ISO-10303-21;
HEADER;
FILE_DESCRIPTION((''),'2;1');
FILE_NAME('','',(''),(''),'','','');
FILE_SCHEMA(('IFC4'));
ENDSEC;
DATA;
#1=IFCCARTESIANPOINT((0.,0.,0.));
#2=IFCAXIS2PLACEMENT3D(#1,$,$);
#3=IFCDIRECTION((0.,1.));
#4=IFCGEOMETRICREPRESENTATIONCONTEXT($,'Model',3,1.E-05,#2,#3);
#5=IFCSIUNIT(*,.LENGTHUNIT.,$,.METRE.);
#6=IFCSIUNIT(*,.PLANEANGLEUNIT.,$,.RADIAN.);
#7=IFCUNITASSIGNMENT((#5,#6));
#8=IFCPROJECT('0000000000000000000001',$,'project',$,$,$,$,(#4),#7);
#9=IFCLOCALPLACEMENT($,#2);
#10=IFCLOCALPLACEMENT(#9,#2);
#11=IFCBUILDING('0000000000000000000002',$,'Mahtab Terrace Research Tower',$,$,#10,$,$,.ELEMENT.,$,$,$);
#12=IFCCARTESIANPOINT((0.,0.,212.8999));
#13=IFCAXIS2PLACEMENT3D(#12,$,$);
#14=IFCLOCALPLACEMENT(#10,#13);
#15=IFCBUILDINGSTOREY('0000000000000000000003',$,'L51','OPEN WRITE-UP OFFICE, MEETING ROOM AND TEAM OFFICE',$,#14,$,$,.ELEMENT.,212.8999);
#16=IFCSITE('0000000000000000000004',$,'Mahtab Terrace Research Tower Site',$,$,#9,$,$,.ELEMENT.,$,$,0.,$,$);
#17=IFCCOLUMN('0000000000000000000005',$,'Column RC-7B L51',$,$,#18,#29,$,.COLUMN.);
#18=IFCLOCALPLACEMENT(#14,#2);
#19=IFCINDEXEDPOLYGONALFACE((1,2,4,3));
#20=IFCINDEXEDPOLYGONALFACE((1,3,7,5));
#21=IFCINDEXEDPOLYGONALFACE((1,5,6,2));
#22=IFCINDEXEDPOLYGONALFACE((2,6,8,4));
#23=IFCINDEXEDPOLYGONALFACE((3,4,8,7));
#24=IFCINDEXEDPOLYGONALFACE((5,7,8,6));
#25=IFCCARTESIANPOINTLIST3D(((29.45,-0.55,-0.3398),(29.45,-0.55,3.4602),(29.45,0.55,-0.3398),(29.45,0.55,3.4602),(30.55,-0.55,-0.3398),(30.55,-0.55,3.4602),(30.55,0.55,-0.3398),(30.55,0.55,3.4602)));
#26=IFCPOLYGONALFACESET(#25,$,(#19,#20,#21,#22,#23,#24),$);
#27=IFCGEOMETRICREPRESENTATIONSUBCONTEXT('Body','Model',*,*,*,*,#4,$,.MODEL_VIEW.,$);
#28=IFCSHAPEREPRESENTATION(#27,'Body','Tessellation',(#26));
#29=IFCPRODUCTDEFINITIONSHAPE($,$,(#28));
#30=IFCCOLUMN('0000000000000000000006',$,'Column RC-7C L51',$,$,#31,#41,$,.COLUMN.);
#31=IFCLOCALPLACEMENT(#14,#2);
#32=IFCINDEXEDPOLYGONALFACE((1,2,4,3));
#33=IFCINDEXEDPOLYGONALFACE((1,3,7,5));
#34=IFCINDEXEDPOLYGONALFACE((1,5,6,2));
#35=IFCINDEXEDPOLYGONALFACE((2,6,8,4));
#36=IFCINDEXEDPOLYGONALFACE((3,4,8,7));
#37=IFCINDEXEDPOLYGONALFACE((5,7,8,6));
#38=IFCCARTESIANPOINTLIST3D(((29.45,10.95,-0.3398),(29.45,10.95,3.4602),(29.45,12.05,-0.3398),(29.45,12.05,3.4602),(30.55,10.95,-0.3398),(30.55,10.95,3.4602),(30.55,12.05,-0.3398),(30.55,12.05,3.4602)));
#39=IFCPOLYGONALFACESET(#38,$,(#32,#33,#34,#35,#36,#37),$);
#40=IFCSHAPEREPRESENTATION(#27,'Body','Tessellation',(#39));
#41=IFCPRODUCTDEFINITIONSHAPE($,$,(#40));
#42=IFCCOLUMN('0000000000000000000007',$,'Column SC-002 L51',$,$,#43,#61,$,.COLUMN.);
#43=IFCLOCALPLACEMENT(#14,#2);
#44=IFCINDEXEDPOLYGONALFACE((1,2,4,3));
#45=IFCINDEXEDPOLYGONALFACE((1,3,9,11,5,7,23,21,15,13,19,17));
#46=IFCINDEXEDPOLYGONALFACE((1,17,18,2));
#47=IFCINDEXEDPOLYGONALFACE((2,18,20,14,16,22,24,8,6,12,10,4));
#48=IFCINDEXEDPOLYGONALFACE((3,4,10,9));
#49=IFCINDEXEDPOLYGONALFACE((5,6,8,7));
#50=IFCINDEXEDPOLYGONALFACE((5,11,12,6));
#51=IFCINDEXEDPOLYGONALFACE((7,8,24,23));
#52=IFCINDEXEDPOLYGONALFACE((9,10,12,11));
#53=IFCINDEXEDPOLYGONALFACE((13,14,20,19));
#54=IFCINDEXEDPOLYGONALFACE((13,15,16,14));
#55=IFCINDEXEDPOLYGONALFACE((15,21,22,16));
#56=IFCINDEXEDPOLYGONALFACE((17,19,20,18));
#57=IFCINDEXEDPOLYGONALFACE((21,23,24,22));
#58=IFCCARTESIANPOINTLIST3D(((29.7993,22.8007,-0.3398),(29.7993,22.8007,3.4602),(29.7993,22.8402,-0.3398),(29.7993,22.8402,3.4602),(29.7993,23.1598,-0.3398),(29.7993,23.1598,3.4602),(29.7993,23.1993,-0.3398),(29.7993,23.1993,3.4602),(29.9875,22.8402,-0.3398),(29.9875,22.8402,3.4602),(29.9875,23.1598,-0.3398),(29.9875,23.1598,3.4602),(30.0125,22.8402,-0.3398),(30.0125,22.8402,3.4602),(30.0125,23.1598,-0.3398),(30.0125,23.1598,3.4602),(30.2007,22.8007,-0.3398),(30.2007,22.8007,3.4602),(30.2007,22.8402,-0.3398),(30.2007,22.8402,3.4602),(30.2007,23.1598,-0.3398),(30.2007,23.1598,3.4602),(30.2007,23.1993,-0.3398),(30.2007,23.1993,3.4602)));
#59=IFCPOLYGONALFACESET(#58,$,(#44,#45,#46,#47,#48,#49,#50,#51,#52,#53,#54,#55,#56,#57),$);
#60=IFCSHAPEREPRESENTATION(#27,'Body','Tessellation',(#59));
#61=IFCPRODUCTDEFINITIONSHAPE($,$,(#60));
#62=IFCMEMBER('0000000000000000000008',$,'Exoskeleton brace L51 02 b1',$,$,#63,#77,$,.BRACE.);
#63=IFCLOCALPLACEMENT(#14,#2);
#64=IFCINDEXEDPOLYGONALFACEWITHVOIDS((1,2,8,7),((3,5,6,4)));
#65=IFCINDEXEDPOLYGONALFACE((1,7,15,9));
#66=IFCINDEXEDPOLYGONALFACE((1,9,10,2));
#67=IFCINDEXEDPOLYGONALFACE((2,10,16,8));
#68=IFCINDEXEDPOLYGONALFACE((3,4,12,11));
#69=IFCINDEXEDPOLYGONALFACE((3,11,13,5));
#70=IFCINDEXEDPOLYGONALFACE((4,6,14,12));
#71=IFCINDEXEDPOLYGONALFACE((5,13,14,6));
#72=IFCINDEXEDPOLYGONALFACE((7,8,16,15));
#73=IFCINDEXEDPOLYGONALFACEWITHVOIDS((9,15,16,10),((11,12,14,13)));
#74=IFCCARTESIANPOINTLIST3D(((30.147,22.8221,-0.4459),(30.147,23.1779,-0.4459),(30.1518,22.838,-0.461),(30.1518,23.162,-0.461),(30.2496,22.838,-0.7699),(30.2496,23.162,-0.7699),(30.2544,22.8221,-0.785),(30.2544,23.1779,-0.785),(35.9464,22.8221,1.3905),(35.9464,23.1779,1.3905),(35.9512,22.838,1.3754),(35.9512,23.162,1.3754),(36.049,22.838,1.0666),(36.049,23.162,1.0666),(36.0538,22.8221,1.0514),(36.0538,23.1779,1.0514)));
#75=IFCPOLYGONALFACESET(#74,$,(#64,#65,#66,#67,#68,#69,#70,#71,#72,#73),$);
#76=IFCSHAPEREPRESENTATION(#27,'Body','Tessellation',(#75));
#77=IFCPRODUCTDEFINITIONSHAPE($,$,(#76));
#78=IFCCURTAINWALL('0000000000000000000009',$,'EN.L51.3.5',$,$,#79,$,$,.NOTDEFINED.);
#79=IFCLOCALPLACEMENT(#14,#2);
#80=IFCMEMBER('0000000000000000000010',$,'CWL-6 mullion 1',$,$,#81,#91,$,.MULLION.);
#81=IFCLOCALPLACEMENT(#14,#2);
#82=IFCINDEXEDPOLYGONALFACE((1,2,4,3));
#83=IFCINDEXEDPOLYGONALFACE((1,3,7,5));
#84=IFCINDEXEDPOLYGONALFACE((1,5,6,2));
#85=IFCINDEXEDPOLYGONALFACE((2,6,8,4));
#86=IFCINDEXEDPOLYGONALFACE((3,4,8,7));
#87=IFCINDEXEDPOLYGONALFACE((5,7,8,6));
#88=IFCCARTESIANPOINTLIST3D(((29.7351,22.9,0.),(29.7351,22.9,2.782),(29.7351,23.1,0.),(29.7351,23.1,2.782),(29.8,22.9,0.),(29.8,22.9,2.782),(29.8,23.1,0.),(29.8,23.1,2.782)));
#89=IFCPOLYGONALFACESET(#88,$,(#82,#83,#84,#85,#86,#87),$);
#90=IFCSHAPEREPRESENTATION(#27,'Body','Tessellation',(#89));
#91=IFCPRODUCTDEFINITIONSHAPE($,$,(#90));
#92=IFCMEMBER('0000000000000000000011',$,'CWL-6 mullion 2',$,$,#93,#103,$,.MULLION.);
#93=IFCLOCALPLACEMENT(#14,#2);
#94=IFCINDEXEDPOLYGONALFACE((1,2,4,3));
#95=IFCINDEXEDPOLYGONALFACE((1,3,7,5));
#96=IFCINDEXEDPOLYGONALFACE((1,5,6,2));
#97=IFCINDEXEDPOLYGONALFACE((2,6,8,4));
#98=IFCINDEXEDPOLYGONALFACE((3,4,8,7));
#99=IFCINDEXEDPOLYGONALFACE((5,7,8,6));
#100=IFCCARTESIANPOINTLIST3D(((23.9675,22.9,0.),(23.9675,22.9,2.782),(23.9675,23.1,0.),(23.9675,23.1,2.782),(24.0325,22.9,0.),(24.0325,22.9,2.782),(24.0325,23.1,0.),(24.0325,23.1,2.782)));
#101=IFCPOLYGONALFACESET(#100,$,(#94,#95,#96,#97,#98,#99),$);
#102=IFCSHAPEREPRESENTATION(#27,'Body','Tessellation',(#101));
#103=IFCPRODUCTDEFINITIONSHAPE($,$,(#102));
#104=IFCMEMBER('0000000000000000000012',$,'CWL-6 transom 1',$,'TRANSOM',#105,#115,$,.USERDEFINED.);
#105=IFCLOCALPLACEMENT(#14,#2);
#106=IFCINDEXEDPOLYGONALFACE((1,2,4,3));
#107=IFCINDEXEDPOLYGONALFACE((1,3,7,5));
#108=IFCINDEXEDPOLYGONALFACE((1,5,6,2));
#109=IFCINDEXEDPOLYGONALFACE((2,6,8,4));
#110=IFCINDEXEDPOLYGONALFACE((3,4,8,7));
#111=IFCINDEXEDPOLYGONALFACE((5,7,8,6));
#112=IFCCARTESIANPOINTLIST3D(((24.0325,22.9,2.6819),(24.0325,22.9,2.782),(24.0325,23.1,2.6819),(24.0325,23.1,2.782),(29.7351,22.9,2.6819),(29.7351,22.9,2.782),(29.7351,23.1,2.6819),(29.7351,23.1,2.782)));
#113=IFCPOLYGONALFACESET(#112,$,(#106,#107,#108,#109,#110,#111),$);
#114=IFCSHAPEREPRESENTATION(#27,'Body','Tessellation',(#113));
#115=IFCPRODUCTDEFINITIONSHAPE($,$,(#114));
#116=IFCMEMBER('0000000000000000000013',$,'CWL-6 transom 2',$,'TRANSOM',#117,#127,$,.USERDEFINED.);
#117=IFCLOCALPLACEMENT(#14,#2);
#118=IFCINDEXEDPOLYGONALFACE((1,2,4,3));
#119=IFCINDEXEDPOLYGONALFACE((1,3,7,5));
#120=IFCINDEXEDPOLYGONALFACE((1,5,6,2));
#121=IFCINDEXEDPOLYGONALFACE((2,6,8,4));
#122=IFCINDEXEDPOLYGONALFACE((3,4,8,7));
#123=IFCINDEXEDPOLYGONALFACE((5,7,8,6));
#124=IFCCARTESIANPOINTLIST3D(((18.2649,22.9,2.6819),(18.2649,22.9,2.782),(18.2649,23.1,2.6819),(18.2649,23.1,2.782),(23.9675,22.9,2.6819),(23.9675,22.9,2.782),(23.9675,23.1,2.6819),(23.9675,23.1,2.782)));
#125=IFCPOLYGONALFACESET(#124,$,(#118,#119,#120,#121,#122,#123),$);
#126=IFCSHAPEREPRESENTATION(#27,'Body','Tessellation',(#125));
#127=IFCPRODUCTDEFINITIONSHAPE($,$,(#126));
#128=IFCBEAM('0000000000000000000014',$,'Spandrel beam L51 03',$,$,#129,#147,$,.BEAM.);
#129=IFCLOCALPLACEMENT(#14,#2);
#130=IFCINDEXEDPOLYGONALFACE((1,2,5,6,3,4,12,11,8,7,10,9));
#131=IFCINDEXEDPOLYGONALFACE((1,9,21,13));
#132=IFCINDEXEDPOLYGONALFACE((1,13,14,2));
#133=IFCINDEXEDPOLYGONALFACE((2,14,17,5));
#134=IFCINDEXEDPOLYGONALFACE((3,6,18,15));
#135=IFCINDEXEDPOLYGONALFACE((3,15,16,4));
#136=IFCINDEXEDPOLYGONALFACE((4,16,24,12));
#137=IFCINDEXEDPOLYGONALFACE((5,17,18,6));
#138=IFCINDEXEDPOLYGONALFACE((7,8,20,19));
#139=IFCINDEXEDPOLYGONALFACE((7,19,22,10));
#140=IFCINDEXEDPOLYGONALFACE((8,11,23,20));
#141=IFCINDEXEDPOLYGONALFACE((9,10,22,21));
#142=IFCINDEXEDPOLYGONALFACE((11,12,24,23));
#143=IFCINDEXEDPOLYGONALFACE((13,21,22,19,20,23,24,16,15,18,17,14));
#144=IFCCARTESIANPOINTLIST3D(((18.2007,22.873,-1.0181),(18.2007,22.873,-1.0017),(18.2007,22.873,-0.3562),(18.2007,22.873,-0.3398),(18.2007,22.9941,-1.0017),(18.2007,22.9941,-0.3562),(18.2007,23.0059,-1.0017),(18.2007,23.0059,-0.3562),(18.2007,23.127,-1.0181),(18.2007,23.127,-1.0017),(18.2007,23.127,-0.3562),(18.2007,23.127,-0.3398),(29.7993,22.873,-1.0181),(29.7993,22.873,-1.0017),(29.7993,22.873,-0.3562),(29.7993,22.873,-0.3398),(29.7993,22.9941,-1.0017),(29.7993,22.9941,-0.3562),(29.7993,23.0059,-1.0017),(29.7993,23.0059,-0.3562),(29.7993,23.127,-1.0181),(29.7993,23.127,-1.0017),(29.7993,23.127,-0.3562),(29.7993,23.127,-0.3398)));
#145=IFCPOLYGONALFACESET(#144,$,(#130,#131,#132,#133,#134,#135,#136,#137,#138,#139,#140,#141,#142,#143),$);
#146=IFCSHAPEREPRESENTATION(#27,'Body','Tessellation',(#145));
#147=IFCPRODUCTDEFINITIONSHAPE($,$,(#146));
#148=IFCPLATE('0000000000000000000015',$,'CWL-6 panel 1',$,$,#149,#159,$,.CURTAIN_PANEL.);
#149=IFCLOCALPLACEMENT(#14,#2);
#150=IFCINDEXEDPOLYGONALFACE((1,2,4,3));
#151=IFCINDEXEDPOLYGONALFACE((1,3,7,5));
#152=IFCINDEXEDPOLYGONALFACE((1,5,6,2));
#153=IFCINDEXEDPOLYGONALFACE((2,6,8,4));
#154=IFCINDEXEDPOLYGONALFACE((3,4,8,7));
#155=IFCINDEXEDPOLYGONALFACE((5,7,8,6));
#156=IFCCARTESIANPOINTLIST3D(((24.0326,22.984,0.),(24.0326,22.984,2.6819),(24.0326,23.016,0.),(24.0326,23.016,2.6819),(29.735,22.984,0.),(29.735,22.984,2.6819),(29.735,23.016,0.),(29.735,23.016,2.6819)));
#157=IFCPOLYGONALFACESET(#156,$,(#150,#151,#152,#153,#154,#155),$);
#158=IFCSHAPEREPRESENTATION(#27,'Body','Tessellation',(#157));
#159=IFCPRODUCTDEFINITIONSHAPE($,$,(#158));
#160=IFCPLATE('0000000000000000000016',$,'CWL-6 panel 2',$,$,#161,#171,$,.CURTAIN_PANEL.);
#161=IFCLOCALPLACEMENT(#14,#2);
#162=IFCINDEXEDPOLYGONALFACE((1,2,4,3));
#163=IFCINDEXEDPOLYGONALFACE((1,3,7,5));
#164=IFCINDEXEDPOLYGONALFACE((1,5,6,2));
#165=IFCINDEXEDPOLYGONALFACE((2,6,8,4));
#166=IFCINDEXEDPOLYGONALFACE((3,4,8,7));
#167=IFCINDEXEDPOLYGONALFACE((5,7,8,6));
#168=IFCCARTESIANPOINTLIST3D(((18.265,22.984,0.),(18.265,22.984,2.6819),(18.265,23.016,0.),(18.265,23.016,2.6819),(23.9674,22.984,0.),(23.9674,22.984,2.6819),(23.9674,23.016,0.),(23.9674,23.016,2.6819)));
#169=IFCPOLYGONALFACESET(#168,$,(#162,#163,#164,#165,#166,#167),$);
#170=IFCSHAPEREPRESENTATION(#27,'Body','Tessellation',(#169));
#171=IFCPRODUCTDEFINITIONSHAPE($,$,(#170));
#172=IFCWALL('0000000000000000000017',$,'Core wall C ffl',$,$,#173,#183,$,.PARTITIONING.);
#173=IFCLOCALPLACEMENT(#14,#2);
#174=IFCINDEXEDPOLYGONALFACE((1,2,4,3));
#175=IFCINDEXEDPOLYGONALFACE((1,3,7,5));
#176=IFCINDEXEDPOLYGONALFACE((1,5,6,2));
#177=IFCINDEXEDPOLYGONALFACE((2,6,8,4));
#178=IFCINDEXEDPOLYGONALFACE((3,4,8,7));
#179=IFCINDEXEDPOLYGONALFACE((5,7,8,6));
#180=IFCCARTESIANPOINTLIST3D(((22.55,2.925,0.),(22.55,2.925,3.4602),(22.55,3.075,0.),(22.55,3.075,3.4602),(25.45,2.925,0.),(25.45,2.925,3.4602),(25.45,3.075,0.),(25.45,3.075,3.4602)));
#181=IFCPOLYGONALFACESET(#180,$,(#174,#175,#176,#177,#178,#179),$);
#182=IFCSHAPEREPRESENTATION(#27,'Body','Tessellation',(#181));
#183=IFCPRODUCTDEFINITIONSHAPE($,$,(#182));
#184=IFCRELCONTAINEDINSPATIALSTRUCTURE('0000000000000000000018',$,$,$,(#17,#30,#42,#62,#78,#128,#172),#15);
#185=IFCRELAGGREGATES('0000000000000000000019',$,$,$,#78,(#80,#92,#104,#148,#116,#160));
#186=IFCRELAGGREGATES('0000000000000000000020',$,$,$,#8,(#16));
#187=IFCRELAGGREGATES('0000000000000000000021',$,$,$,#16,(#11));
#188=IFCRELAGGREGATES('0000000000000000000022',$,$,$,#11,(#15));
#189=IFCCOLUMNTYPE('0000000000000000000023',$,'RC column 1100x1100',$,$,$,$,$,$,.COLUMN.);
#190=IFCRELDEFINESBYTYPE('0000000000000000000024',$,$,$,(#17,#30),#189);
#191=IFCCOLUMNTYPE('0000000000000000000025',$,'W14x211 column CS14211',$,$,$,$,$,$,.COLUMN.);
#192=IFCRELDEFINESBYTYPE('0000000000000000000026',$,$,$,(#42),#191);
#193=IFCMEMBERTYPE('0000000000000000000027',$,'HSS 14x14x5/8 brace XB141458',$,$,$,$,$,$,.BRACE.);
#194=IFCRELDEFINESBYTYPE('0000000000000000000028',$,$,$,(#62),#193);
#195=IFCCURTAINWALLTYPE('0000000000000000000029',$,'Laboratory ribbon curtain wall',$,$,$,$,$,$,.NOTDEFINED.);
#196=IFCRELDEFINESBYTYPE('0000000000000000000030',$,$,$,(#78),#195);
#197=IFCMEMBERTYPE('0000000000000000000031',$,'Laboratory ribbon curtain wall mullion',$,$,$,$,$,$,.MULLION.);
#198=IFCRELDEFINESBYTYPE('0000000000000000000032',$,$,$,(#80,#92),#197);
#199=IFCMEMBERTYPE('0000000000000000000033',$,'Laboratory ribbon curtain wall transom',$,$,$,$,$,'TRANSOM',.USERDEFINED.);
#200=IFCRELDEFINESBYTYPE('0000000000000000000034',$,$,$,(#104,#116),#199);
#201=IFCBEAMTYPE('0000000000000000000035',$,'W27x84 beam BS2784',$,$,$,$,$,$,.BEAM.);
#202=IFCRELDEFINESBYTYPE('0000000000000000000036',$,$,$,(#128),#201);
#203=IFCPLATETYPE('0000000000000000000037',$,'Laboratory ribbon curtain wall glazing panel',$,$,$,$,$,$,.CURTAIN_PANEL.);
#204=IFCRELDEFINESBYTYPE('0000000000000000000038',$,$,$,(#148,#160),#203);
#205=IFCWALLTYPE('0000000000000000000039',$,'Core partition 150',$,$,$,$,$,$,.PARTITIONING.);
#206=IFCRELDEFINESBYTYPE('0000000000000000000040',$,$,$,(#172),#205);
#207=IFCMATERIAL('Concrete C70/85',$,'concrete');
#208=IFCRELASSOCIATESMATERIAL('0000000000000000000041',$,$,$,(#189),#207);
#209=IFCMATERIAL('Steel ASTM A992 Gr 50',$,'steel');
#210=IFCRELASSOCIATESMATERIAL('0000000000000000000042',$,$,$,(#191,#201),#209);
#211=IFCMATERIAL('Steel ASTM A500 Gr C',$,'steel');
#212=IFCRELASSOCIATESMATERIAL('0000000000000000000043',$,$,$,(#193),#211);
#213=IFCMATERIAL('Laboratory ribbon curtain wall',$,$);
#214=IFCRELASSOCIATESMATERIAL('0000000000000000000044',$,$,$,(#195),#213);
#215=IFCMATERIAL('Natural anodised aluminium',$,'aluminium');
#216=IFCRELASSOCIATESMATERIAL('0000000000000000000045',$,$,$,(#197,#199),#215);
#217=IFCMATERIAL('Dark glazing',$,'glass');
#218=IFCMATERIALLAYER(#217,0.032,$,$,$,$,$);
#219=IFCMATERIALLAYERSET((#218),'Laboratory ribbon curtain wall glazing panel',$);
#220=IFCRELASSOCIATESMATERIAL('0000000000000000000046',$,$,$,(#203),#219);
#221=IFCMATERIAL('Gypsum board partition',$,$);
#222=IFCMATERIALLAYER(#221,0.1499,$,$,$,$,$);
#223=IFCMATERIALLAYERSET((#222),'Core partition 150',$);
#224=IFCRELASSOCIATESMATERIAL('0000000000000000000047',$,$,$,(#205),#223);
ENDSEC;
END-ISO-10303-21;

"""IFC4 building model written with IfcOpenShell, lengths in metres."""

from ifc_helpers import new_model, si_unit, direction, frame, frame_2d, origin, origin_2d, place, context, subcontext, project, spatial, rectangle, hollow_rectangle, i_section, extrude, material, layer, layer_set, material_profile, profile_set, type_object, element, aggregate, save


model = new_model("IFC4")

# Units and contexts
model_context = context("Model", 3, precision=1e-05, world=origin(), true_north=direction((0.0, 1.0)))
body_context = subcontext(model_context, "Body", "Model", "MODEL_VIEW")
ifc_project = project(units=[si_unit("LENGTHUNIT", "METRE"), si_unit("PLANEANGLEUNIT", "RADIAN")], contexts=[model_context])

# Site, building, storey
site_placement = place(None, origin())
site = spatial("IfcSite", under=ifc_project, at=site_placement, Name="Mahtab Terrace Research Tower Site", CompositionType="ELEMENT", RefElevation=0.0)
building_placement = place(site_placement, origin())
building = spatial("IfcBuilding", under=site, at=building_placement, Name="Mahtab Terrace Research Tower", CompositionType="ELEMENT")
storey_placement = place(building_placement, frame((0.0, 0.0, 212.8999)))
storey = spatial("IfcBuildingStorey", under=building, at=storey_placement, Name="L51", Description="OPEN WRITE-UP OFFICE, MEETING ROOM AND TEAM OFFICE", CompositionType="ELEMENT", Elevation=212.8999)

# Columns
ifc_material_1 = material(Name="Concrete C70/85", Category="concrete")
ifc_material_profile_1 = material_profile(ifc_material_1, rectangle(XDim=1.1001, YDim=1.1001, at=origin_2d()), Name="RC column 1100x1100")
ifc_profile_set_1 = profile_set([ifc_material_profile_1], Name="Concrete C70/85")
column_type_1 = type_object("IfcColumnType", Name="RC column 1100x1100", PredefinedType="COLUMN", material=ifc_profile_set_1)
for number, where, z_axis, x_axis, name in (
    (1, (30.0, 0.0, -0.3398), (0.0, 0.0, 1.0), (1.0, 0.0, 0.0), "Column RC-7B L51"),
    (2, (30.0, 11.5, -0.3398), (0.0, 0.0, 1.0), (1.0, 0.0, 0.0), "Column RC-7C L51"),
):
    element("IfcColumn", number, at=place(storey_placement, frame(where, z_axis=z_axis, x_axis=x_axis)), inside=storey, type_object=column_type_1, Name=name, PredefinedType="COLUMN", context=body_context, shape_type="SweptSolid", body=[
        extrude(rectangle(XDim=1.1001, YDim=1.1001, at=origin_2d()), origin(), (0.0, 0.0, 1.0), 3.8),
    ])
ifc_material_2 = material(Name="Steel ASTM A992 Gr 50", Category="steel")
ifc_material_profile_2 = material_profile(ifc_material_2, i_section(OverallWidth=0.4014, OverallDepth=0.3987, WebThickness=0.0249, FlangeThickness=0.0396, at=origin_2d()), Name="W14X211")
ifc_profile_set_2 = profile_set([ifc_material_profile_2], Name="Steel ASTM A992 Gr 50")
column_type_2 = type_object("IfcColumnType", Name="W14x211 column CS14211", PredefinedType="COLUMN", material=ifc_profile_set_2)
column_placement = place(storey_placement, frame((30.0, 23.0, -0.3398), z_axis=(0.0, 0.0, 1.0), x_axis=(1.0, 0.0, 0.0)))
element("IfcColumn", 3, at=column_placement, inside=storey, type_object=column_type_2, Name="Column SC-002 L51", PredefinedType="COLUMN", context=body_context, shape_type="SweptSolid", body=[
    extrude(i_section(OverallWidth=0.4014, OverallDepth=0.3987, WebThickness=0.0249, FlangeThickness=0.0396, at=origin_2d()), origin(), (0.0, 0.0, 1.0), 3.8),
])

# Member
ifc_material_3 = material(Name="Steel ASTM A500 Gr C", Category="steel")
ifc_material_profile_3 = material_profile(ifc_material_3, hollow_rectangle(XDim=0.3557, YDim=0.3557, WallThickness=0.0159, at=origin_2d()), Name="HSS14X14X5/8")
ifc_profile_set_3 = profile_set([ifc_material_profile_3], Name="Steel ASTM A500 Gr C")
member_type_1 = type_object("IfcMemberType", Name="HSS 14x14x5/8 brace XB141458", PredefinedType="BRACE", material=ifc_profile_set_3)
member_1_placement = place(storey_placement, frame((30.2007, 23.0, -0.6155), z_axis=(0.953343, 0.0, 0.301888), x_axis=(0.0, 1.0, 0.0)))
element("IfcMember", 4, at=member_1_placement, inside=storey, type_object=member_type_1, Name="Exoskeleton brace L51 02 b1", PredefinedType="BRACE", context=body_context, shape_type="SweptSolid", body=[
    extrude(hollow_rectangle(XDim=0.3557, YDim=0.3557, WallThickness=0.0159, at=origin_2d()), origin(), (0.0, 0.0, 1.0), 6.0833),
])

# Curtain wall, members
ifc_material_4 = material(Name="Laboratory ribbon curtain wall")
curtain_wall_type = type_object("IfcCurtainWallType", Name="Laboratory ribbon curtain wall", PredefinedType="NOTDEFINED", material=ifc_material_4)
curtain_wall_placement = place(storey_placement, origin())
curtain_wall = element("IfcCurtainWall", 5, at=curtain_wall_placement, inside=storey, type_object=curtain_wall_type, Name="EN.L51.3.5", PredefinedType="NOTDEFINED")
ifc_material_5 = material(Name="Natural anodised aluminium", Category="aluminium")
ifc_material_profile_4 = material_profile(ifc_material_5, rectangle(XDim=0.2, YDim=0.0649, at=origin_2d()), Name="MULLION 65x200")
ifc_profile_set_4 = profile_set([ifc_material_profile_4], Name="Natural anodised aluminium")
member_type_2 = type_object("IfcMemberType", Name="Laboratory ribbon curtain wall mullion", PredefinedType="MULLION", material=ifc_profile_set_4)
member_2_placement = place(storey_placement, frame((29.7676, 23.0, 0.0), z_axis=(0.0, 0.0, 1.0), x_axis=(0.0, -1.0, 0.0)))
member_2 = element("IfcMember", 6, at=member_2_placement, type_object=member_type_2, Name="CWL-6 mullion 1", PredefinedType="MULLION", context=body_context, shape_type="SweptSolid", body=[
    extrude(rectangle(XDim=0.2, YDim=0.0649, at=origin_2d()), origin(), (0.0, 0.0, 1.0), 2.782),
])
member_3_placement = place(storey_placement, frame((24.0, 23.0, 0.0), z_axis=(0.0, 0.0, 1.0), x_axis=(0.0, -1.0, 0.0)))
member_3 = element("IfcMember", 7, at=member_3_placement, type_object=member_type_2, Name="CWL-6 mullion 2", PredefinedType="MULLION", context=body_context, shape_type="SweptSolid", body=[
    extrude(rectangle(XDim=0.2, YDim=0.0649, at=origin_2d()), origin(), (0.0, 0.0, 1.0), 2.782),
])
ifc_material_profile_5 = material_profile(ifc_material_5, rectangle(XDim=0.2, YDim=0.1001, at=origin_2d()), Name="TRANSOM 100x200")
ifc_profile_set_5 = profile_set([ifc_material_profile_5], Name="Natural anodised aluminium")
member_type_3 = type_object("IfcMemberType", Name="Laboratory ribbon curtain wall transom", ElementType="TRANSOM", PredefinedType="USERDEFINED", material=ifc_profile_set_5)
member_4_placement = place(storey_placement, frame((29.7351, 23.0, 2.7319), z_axis=(-1.0, 0.0, 0.0), x_axis=(0.0, -1.0, 0.0)))
member_4 = element("IfcMember", 8, at=member_4_placement, type_object=member_type_3, Name="CWL-6 transom 1", ObjectType="TRANSOM", PredefinedType="USERDEFINED", context=body_context, shape_type="SweptSolid", body=[
    extrude(rectangle(XDim=0.2, YDim=0.1001, at=origin_2d()), origin(), (0.0, 0.0, 1.0), 5.7026),
])
member_5_placement = place(storey_placement, frame((23.9675, 23.0, 2.7319), z_axis=(-1.0, 0.0, 0.0), x_axis=(0.0, -1.0, 0.0)))
member_5 = element("IfcMember", 9, at=member_5_placement, type_object=member_type_3, Name="CWL-6 transom 2", ObjectType="TRANSOM", PredefinedType="USERDEFINED", context=body_context, shape_type="SweptSolid", body=[
    extrude(rectangle(XDim=0.2, YDim=0.1001, at=origin_2d()), origin(), (0.0, 0.0, 1.0), 5.7026),
])

# Beam
ifc_material_profile_6 = material_profile(ifc_material_2, i_section(OverallWidth=0.2539, OverallDepth=0.6782, WebThickness=0.0117, FlangeThickness=0.0164, at=origin_2d()), Name="W27X84")
ifc_profile_set_6 = profile_set([ifc_material_profile_6], Name="Steel ASTM A992 Gr 50")
beam_type = type_object("IfcBeamType", Name="W27x84 beam BS2784", PredefinedType="BEAM", material=ifc_profile_set_6)
beam_placement = place(storey_placement, frame((29.7993, 23.0, -0.679), z_axis=(-1.0, 0.0, 0.0), x_axis=(0.0, -1.0, 0.0)))
element("IfcBeam", 10, at=beam_placement, inside=storey, type_object=beam_type, Name="Spandrel beam L51 03", PredefinedType="BEAM", context=body_context, shape_type="SweptSolid", body=[
    extrude(i_section(OverallWidth=0.2539, OverallDepth=0.6782, WebThickness=0.0117, FlangeThickness=0.0164, at=origin_2d()), origin(), (0.0, 0.0, 1.0), 11.5986),
])

# Plates
ifc_material_6 = material(Name="Dark glazing", Category="glass")
ifc_layer_1 = layer(ifc_material_6, 0.032)
ifc_layer_set_1 = layer_set([ifc_layer_1], Name="Laboratory ribbon curtain wall glazing panel")
plate_type = type_object("IfcPlateType", Name="Laboratory ribbon curtain wall glazing panel", PredefinedType="CURTAIN_PANEL", material=ifc_layer_set_1)
plate_1_placement = place(storey_placement, frame((26.8838, 23.0, 0.0), z_axis=(0.0, 0.0, 1.0), x_axis=(-1.0, 0.0, 0.0)))
plate_1 = element("IfcPlate", 11, at=plate_1_placement, type_object=plate_type, Name="CWL-6 panel 1", PredefinedType="CURTAIN_PANEL", context=body_context, shape_type="SweptSolid", body=[
    extrude(rectangle(XDim=5.7024, YDim=0.032, at=origin_2d()), origin(), (0.0, 0.0, 1.0), 2.6819),
])
plate_2_placement = place(storey_placement, frame((21.1162, 23.0, 0.0), z_axis=(0.0, 0.0, 1.0), x_axis=(-1.0, 0.0, 0.0)))
plate_2 = element("IfcPlate", 12, at=plate_2_placement, type_object=plate_type, Name="CWL-6 panel 2", PredefinedType="CURTAIN_PANEL", context=body_context, shape_type="SweptSolid", body=[
    extrude(rectangle(XDim=5.7024, YDim=0.032, at=origin_2d()), origin(), (0.0, 0.0, 1.0), 2.6819),
])
aggregate(curtain_wall, [member_2, member_3, member_4, plate_1, member_5, plate_2])

# Wall
ifc_material_7 = material(Name="Gypsum board partition")
ifc_layer_2 = layer(ifc_material_7, 0.1499)
ifc_layer_set_2 = layer_set([ifc_layer_2], Name="Core partition 150")
wall_type_1 = type_object("IfcWallType", Name="Core partition 150", PredefinedType="PARTITIONING", material=ifc_layer_set_2)
wall_1_placement = place(storey_placement, frame((22.55, 3.0, 0.0), z_axis=(0.0, 0.0, 1.0), x_axis=(1.0, 0.0, 0.0)))
element("IfcWall", 13, at=wall_1_placement, inside=storey, type_object=wall_type_1, Name="Core wall C ffl", PredefinedType="PARTITIONING", context=body_context, shape_type="SweptSolid", body=[
    extrude(rectangle(XDim=2.8999, YDim=0.1499, at=frame_2d((1.45, 0.0))), origin(), (0.0, 0.0, 1.0), 3.4602),
])

save(model, "model.ifc")
